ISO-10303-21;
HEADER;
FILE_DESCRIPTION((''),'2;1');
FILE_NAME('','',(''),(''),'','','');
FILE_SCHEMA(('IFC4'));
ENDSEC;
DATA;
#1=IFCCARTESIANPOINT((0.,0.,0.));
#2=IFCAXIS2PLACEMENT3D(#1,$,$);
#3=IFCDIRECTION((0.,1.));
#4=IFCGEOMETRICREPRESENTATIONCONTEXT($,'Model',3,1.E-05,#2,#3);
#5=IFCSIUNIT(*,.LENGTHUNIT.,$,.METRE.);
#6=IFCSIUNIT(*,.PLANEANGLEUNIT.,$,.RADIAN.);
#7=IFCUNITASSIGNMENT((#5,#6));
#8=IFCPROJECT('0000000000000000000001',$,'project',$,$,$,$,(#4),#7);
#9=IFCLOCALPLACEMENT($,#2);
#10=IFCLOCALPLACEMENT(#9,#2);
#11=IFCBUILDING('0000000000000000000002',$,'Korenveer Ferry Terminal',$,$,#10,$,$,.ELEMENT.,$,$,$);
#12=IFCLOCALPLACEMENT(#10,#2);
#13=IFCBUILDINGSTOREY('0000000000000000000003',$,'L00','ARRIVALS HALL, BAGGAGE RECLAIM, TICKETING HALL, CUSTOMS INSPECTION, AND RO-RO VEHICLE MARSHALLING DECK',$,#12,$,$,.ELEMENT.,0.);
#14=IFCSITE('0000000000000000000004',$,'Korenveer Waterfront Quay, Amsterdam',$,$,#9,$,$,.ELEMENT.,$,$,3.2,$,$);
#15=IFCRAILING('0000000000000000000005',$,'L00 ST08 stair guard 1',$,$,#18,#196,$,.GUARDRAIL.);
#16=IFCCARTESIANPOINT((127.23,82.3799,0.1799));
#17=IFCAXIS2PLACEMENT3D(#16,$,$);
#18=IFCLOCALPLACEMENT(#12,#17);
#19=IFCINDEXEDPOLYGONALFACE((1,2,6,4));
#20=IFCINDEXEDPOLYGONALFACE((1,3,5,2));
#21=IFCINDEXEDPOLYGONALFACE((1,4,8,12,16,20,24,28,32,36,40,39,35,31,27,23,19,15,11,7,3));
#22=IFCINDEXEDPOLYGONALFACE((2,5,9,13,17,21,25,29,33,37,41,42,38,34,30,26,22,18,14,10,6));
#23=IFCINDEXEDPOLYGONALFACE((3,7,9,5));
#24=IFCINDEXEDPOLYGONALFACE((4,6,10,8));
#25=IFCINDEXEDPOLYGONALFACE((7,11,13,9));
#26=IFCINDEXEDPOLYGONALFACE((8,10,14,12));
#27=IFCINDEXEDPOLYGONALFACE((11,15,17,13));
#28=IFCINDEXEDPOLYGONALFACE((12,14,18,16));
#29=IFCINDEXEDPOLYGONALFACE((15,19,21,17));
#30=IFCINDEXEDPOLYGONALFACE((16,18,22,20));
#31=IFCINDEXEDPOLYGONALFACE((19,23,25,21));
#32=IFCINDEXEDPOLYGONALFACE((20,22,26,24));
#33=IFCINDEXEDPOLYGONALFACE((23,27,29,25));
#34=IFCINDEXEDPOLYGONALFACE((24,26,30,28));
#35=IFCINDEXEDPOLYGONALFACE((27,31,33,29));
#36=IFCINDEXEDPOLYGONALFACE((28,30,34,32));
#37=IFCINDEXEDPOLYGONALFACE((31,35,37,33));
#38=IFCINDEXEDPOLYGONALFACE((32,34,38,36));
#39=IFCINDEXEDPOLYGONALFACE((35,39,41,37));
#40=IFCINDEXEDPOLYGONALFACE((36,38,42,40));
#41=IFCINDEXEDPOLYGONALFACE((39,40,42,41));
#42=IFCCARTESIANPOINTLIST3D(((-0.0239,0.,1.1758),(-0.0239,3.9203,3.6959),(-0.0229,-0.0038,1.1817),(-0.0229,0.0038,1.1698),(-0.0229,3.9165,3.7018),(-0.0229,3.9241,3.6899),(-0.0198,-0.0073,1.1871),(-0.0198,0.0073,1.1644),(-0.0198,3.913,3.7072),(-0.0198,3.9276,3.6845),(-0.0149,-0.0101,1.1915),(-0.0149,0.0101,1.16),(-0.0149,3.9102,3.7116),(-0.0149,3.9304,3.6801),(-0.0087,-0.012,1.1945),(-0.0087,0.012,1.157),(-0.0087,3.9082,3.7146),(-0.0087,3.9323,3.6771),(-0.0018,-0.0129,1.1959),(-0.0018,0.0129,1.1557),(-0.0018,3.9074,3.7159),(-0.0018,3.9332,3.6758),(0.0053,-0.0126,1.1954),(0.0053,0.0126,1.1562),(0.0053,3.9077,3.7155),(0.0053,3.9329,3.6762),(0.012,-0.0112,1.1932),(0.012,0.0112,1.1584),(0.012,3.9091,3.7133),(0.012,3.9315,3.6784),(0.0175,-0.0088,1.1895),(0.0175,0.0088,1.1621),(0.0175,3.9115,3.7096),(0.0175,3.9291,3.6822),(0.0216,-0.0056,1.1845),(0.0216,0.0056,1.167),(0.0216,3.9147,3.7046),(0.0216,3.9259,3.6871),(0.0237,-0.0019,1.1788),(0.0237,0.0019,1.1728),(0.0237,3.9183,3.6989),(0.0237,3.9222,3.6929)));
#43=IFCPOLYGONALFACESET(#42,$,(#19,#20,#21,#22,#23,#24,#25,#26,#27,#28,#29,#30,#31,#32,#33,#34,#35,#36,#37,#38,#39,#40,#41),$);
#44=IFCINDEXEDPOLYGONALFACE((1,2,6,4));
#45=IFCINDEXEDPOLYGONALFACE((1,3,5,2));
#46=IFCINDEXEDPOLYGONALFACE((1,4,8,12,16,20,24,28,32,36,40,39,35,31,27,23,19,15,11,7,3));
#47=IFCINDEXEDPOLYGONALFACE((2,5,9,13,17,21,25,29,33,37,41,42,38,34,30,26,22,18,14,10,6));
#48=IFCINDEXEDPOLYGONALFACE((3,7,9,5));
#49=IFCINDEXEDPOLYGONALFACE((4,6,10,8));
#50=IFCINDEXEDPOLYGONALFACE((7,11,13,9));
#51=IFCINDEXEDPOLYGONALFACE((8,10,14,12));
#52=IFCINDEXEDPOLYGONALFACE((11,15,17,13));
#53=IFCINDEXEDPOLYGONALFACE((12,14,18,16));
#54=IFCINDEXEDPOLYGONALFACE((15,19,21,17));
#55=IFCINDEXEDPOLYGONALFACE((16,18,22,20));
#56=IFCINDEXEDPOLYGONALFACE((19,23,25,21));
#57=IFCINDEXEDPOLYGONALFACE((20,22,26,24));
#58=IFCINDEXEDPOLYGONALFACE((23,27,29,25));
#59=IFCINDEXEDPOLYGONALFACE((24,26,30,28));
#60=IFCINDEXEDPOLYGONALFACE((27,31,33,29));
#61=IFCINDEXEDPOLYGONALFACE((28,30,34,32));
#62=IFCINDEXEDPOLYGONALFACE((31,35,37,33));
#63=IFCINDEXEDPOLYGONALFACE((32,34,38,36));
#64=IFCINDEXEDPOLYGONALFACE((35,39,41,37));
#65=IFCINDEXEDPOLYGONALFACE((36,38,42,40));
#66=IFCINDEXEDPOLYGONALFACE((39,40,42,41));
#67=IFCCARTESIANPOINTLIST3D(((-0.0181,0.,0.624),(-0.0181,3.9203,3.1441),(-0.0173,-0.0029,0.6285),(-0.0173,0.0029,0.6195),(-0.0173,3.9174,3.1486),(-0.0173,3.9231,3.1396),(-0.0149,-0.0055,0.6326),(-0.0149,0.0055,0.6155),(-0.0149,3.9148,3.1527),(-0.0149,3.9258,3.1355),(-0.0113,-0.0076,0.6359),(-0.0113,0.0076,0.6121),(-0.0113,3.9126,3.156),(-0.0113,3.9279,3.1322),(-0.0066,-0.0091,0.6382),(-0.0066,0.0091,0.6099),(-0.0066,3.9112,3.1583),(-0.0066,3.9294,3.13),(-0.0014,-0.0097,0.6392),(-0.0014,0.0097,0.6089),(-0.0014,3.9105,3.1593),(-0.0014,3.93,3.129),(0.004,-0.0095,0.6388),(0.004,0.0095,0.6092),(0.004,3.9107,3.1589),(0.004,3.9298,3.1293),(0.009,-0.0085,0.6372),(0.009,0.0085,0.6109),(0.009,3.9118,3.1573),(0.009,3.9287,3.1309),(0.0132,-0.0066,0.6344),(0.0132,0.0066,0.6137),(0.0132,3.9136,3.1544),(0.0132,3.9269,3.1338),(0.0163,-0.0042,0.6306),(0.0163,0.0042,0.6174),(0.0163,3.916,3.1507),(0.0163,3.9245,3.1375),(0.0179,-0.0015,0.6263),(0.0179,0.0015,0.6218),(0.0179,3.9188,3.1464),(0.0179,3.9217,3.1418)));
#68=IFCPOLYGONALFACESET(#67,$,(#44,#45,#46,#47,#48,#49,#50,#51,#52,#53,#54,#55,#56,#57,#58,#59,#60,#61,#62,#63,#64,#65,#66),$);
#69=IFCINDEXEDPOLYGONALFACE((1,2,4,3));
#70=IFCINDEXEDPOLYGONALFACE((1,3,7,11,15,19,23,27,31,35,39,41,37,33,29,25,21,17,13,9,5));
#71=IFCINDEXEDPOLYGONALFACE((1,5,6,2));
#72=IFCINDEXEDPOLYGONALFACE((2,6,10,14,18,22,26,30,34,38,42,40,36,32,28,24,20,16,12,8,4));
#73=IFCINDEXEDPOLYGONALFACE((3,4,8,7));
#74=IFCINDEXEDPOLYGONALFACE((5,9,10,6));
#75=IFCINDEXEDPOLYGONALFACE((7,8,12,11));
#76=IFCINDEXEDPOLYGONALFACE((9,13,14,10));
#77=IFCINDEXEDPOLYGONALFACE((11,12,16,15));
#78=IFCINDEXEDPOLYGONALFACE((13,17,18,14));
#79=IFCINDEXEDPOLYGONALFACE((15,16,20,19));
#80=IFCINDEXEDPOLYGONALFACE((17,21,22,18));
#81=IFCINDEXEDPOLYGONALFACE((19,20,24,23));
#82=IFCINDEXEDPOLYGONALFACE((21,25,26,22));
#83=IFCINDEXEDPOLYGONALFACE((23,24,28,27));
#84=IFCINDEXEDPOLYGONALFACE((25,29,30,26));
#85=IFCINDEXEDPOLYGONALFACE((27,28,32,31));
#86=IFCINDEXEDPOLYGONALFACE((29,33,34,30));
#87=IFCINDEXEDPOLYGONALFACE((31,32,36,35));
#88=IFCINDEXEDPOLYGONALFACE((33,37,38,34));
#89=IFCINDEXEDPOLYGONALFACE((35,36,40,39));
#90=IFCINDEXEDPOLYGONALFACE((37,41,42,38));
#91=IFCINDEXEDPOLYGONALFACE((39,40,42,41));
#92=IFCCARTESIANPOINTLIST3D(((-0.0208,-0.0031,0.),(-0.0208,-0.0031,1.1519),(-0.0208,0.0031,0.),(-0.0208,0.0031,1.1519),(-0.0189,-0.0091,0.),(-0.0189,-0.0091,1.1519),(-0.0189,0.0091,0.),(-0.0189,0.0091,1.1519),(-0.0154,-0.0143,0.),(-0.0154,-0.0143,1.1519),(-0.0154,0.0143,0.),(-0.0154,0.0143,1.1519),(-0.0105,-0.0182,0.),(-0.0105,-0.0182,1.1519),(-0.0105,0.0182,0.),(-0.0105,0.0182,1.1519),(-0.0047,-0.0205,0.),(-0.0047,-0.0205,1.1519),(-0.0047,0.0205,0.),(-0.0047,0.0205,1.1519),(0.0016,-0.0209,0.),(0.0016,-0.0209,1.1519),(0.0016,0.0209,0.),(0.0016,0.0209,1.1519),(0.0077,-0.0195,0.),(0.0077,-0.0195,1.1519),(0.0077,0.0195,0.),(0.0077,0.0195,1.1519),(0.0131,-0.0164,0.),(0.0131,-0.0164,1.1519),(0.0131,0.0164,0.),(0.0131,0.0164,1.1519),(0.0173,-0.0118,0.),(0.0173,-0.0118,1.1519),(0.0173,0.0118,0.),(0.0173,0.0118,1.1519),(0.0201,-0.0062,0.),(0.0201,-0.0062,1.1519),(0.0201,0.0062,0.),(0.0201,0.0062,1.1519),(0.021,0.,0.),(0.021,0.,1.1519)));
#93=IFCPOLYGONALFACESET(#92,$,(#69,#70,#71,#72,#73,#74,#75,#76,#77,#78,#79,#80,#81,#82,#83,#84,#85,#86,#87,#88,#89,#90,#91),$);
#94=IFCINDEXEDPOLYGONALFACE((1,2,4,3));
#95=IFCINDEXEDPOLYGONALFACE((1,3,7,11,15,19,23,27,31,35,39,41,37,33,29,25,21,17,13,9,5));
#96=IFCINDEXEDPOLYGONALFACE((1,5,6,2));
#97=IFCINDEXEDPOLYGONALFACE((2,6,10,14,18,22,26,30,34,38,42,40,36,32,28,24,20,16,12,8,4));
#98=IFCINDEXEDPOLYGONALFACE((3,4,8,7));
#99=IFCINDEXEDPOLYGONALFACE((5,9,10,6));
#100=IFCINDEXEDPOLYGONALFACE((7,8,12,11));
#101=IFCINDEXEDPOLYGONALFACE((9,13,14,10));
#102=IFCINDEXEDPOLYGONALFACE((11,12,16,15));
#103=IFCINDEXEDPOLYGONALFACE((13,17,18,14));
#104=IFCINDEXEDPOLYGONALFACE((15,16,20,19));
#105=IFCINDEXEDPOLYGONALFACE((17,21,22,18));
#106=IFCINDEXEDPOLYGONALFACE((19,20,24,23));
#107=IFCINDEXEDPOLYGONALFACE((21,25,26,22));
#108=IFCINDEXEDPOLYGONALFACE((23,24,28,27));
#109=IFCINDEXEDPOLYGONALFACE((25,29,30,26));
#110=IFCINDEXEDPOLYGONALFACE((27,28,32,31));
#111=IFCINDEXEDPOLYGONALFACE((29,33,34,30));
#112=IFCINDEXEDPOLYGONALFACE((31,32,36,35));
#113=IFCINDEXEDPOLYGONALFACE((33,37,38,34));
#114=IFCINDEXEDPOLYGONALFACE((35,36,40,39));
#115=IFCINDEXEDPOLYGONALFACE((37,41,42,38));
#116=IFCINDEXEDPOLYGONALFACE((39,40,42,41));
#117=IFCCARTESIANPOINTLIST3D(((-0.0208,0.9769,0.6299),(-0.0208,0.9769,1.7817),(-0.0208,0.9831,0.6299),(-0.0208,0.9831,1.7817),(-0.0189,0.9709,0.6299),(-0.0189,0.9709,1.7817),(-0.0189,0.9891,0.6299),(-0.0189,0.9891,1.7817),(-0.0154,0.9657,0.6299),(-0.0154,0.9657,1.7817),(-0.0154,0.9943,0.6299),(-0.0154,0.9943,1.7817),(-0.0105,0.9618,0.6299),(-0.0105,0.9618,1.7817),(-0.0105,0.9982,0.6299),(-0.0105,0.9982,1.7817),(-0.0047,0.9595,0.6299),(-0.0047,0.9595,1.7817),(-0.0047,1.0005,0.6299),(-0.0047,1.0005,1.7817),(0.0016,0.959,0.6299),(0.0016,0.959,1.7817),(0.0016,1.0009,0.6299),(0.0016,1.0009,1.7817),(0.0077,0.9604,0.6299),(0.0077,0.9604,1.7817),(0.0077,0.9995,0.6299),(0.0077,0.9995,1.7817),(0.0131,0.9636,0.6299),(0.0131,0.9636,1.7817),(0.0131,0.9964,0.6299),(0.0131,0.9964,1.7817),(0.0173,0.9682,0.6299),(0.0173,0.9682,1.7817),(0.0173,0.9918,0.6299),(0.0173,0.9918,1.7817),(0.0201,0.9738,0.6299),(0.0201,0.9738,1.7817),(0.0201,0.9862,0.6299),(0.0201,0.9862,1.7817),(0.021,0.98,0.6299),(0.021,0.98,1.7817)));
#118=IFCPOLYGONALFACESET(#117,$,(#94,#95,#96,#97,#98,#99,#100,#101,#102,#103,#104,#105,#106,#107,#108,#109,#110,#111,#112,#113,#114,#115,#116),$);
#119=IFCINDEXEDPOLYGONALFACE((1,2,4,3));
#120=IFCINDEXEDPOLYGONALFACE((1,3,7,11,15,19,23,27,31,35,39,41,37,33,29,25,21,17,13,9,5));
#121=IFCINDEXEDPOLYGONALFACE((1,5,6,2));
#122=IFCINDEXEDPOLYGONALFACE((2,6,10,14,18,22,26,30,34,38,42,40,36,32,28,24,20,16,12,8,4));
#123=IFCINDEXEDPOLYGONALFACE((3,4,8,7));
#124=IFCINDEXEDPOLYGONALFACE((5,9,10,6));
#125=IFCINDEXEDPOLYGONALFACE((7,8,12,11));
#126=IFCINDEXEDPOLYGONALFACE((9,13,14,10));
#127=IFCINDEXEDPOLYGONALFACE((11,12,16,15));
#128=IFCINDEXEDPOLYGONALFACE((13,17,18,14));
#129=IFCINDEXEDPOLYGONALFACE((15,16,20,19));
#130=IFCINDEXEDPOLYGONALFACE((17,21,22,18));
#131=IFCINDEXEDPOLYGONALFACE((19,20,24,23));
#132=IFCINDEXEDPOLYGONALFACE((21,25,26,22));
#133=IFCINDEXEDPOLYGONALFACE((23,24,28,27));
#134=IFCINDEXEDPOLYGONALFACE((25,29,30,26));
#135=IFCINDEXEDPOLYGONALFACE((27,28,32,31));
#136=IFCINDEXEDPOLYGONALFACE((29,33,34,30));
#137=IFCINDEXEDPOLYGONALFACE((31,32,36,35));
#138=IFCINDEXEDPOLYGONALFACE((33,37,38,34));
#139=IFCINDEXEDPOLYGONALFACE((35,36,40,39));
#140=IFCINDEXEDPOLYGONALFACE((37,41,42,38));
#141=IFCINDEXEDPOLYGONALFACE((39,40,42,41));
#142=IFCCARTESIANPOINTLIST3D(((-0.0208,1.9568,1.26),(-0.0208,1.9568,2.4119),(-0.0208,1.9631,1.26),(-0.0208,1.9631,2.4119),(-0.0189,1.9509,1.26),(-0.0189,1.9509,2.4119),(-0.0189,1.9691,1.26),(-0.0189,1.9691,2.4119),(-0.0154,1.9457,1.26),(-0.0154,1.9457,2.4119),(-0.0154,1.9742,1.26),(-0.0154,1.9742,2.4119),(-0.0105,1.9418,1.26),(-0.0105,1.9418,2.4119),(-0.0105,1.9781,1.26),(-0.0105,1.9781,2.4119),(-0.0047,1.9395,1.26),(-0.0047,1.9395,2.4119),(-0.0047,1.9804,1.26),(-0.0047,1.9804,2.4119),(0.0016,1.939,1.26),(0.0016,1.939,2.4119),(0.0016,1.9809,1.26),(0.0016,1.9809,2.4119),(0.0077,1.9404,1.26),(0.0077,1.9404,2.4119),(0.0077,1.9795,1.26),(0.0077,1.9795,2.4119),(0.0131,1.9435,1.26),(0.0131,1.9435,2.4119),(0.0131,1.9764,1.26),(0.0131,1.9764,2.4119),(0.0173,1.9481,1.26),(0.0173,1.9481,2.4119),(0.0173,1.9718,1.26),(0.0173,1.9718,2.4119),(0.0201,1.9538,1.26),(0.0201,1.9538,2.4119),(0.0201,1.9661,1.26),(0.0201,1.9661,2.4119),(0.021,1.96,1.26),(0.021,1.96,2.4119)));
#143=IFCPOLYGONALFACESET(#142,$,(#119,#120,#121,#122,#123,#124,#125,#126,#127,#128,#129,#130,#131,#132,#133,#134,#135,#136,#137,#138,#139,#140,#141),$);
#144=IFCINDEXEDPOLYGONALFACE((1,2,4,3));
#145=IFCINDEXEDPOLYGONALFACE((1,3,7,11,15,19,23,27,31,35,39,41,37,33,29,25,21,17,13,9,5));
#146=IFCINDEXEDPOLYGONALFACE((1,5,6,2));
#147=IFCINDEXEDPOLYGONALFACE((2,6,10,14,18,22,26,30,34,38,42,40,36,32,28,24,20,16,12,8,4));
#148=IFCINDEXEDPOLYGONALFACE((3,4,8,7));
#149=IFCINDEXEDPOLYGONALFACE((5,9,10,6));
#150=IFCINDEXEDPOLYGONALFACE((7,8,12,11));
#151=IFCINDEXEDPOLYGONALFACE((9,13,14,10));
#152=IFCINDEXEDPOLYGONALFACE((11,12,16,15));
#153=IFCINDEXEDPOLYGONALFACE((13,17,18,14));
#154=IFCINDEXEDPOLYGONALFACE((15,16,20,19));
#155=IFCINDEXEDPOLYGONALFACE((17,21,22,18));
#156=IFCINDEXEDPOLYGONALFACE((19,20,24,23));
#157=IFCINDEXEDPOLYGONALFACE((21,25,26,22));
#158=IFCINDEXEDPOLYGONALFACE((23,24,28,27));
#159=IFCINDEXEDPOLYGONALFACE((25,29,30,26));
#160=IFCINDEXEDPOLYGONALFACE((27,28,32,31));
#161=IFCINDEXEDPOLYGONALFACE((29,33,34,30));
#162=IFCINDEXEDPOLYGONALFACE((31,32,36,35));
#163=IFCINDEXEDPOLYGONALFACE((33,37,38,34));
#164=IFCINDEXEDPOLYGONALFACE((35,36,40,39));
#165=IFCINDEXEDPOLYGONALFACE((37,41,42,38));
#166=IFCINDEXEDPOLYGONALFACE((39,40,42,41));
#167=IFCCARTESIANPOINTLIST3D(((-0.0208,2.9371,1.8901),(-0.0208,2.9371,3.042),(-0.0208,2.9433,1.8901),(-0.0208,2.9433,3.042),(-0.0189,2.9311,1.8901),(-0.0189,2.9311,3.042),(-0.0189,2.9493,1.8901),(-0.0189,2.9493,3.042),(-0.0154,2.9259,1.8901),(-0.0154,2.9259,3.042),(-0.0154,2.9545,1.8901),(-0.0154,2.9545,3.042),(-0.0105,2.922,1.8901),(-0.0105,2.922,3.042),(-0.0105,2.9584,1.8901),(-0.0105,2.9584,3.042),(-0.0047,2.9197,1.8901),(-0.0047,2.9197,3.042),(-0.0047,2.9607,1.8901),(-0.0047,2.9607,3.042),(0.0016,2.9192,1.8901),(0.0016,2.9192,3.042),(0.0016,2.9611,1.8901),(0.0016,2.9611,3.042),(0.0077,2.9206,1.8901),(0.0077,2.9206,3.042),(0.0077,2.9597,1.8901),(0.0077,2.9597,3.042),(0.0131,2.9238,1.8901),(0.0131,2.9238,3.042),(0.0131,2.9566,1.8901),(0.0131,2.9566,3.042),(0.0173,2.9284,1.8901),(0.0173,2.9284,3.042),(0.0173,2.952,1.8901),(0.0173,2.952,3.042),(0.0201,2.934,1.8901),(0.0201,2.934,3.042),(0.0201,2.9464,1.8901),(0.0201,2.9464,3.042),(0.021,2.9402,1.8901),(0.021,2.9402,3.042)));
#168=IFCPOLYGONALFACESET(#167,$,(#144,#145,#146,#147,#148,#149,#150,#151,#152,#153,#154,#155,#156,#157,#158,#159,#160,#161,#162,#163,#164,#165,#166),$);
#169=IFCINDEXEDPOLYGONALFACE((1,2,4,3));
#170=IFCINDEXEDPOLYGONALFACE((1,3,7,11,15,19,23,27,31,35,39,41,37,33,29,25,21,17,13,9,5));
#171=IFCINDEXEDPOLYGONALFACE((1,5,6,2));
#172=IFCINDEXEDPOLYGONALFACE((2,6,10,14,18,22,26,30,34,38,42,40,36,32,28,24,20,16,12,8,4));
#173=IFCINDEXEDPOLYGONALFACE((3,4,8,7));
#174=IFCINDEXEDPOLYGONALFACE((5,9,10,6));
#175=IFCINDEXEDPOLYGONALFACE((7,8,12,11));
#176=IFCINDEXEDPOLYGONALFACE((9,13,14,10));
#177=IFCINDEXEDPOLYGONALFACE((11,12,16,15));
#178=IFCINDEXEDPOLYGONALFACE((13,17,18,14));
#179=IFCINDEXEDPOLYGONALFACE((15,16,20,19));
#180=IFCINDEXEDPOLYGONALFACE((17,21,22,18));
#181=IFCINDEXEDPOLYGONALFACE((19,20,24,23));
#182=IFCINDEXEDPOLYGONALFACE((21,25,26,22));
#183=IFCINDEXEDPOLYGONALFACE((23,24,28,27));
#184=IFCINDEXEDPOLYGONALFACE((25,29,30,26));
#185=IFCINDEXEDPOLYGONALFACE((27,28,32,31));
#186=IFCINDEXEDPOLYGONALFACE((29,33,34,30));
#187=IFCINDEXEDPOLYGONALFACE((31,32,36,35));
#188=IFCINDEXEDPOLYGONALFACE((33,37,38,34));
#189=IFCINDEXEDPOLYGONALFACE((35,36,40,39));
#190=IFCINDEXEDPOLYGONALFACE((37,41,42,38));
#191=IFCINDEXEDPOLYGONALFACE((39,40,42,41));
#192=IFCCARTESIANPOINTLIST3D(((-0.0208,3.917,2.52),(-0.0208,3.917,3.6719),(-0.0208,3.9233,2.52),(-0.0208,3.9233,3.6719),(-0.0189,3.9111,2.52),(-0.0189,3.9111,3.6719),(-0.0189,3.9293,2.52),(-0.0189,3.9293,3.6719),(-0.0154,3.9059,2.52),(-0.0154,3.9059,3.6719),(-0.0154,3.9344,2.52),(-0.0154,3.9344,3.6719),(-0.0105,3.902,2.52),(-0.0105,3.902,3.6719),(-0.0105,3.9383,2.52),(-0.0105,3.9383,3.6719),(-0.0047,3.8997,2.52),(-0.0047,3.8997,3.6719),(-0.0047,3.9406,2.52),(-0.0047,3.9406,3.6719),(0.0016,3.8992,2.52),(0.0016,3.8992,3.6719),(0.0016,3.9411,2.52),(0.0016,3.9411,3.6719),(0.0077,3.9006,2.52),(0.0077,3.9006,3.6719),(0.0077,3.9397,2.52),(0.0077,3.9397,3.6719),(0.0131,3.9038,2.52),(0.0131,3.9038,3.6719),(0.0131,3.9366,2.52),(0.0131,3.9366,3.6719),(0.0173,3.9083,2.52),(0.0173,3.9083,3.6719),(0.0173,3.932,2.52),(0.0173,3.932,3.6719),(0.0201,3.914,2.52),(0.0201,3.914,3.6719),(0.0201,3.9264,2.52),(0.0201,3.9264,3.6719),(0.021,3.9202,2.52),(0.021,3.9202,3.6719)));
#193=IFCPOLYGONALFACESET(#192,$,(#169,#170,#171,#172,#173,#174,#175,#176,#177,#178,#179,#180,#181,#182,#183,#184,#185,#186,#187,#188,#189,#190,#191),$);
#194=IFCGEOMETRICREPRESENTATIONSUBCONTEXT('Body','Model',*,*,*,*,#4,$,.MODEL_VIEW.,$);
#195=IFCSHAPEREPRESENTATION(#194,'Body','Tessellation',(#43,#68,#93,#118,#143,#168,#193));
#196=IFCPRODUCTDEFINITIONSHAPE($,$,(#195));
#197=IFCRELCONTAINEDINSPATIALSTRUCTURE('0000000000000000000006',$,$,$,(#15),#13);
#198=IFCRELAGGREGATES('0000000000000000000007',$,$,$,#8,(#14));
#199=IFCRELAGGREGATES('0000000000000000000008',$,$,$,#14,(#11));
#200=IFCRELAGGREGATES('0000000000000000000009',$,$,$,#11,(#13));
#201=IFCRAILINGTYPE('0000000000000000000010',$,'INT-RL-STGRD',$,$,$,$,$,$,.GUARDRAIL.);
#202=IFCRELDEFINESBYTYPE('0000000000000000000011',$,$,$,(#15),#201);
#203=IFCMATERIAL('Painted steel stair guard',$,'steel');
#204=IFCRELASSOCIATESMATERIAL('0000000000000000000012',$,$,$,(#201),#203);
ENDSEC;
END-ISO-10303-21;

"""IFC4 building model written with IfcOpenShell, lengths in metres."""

from ifc_helpers import new_model, si_unit, direction, frame, origin, origin_2d, place, context, subcontext, project, spatial, circle, extrude, material, type_object, element, save


model = new_model("IFC4")

# Units and contexts
model_context = context("Model", 3, precision=1e-05, world=origin(), true_north=direction((0.0, 1.0)))
body_context = subcontext(model_context, "Body", "Model", "MODEL_VIEW")
ifc_project = project(units=[si_unit("LENGTHUNIT", "METRE"), si_unit("PLANEANGLEUNIT", "RADIAN")], contexts=[model_context])

# Site, building, storey
site_placement = place(None, origin())
site = spatial("IfcSite", under=ifc_project, at=site_placement, Name="Korenveer Waterfront Quay, Amsterdam", CompositionType="ELEMENT", RefElevation=3.2)
building_placement = place(site_placement, origin())
building = spatial("IfcBuilding", under=site, at=building_placement, Name="Korenveer Ferry Terminal", CompositionType="ELEMENT")
storey_placement = place(building_placement, origin())
storey = spatial("IfcBuildingStorey", under=building, at=storey_placement, Name="L00", Description="ARRIVALS HALL, BAGGAGE RECLAIM, TICKETING HALL, CUSTOMS INSPECTION, AND RO-RO VEHICLE MARSHALLING DECK", CompositionType="ELEMENT", Elevation=0.0)

# Railing
ifc_material_1 = material(Name="Painted steel stair guard", Category="steel")
railing_type_1 = type_object("IfcRailingType", Name="INT-RL-STGRD", PredefinedType="GUARDRAIL", material=ifc_material_1)
railing_1_placement = place(storey_placement, frame((127.23, 82.3799, 0.1799)))
element("IfcRailing", 1, at=railing_1_placement, inside=storey, type_object=railing_type_1, Name="L00 ST08 stair guard 1", PredefinedType="GUARDRAIL", context=body_context, shape_type="SweptSolid", body=[
    extrude(circle(Radius=0.0239, at=origin_2d()), frame((0.0, 0.0, 1.1758), z_axis=(0.0, 0.841187, 0.540744), x_axis=(-1.0, 0.0, 0.0)), (0.0, 0.0, 1.0), 4.6604),
    extrude(circle(Radius=0.0181, at=origin_2d()), frame((0.0, 0.0, 0.624), z_axis=(0.0, 0.841187, 0.540744), x_axis=(-1.0, 0.0, 0.0)), (0.0, 0.0, 1.0), 4.6604),
    extrude(circle(Radius=0.021, at=origin_2d()), origin(), (0.0, 0.0, 1.0), 1.1519),
    extrude(circle(Radius=0.021, at=origin_2d()), frame((0.0, 0.98, 0.6299)), (0.0, 0.0, 1.0), 1.1519),
    extrude(circle(Radius=0.021, at=origin_2d()), frame((0.0, 1.96, 1.26)), (0.0, 0.0, 1.0), 1.1519),
    extrude(circle(Radius=0.021, at=origin_2d()), frame((0.0, 2.9402, 1.8901)), (0.0, 0.0, 1.0), 1.1519),
    extrude(circle(Radius=0.021, at=origin_2d()), frame((0.0, 3.9202, 2.52)), (0.0, 0.0, 1.0), 1.1519),
])

save(model, "model.ifc")
